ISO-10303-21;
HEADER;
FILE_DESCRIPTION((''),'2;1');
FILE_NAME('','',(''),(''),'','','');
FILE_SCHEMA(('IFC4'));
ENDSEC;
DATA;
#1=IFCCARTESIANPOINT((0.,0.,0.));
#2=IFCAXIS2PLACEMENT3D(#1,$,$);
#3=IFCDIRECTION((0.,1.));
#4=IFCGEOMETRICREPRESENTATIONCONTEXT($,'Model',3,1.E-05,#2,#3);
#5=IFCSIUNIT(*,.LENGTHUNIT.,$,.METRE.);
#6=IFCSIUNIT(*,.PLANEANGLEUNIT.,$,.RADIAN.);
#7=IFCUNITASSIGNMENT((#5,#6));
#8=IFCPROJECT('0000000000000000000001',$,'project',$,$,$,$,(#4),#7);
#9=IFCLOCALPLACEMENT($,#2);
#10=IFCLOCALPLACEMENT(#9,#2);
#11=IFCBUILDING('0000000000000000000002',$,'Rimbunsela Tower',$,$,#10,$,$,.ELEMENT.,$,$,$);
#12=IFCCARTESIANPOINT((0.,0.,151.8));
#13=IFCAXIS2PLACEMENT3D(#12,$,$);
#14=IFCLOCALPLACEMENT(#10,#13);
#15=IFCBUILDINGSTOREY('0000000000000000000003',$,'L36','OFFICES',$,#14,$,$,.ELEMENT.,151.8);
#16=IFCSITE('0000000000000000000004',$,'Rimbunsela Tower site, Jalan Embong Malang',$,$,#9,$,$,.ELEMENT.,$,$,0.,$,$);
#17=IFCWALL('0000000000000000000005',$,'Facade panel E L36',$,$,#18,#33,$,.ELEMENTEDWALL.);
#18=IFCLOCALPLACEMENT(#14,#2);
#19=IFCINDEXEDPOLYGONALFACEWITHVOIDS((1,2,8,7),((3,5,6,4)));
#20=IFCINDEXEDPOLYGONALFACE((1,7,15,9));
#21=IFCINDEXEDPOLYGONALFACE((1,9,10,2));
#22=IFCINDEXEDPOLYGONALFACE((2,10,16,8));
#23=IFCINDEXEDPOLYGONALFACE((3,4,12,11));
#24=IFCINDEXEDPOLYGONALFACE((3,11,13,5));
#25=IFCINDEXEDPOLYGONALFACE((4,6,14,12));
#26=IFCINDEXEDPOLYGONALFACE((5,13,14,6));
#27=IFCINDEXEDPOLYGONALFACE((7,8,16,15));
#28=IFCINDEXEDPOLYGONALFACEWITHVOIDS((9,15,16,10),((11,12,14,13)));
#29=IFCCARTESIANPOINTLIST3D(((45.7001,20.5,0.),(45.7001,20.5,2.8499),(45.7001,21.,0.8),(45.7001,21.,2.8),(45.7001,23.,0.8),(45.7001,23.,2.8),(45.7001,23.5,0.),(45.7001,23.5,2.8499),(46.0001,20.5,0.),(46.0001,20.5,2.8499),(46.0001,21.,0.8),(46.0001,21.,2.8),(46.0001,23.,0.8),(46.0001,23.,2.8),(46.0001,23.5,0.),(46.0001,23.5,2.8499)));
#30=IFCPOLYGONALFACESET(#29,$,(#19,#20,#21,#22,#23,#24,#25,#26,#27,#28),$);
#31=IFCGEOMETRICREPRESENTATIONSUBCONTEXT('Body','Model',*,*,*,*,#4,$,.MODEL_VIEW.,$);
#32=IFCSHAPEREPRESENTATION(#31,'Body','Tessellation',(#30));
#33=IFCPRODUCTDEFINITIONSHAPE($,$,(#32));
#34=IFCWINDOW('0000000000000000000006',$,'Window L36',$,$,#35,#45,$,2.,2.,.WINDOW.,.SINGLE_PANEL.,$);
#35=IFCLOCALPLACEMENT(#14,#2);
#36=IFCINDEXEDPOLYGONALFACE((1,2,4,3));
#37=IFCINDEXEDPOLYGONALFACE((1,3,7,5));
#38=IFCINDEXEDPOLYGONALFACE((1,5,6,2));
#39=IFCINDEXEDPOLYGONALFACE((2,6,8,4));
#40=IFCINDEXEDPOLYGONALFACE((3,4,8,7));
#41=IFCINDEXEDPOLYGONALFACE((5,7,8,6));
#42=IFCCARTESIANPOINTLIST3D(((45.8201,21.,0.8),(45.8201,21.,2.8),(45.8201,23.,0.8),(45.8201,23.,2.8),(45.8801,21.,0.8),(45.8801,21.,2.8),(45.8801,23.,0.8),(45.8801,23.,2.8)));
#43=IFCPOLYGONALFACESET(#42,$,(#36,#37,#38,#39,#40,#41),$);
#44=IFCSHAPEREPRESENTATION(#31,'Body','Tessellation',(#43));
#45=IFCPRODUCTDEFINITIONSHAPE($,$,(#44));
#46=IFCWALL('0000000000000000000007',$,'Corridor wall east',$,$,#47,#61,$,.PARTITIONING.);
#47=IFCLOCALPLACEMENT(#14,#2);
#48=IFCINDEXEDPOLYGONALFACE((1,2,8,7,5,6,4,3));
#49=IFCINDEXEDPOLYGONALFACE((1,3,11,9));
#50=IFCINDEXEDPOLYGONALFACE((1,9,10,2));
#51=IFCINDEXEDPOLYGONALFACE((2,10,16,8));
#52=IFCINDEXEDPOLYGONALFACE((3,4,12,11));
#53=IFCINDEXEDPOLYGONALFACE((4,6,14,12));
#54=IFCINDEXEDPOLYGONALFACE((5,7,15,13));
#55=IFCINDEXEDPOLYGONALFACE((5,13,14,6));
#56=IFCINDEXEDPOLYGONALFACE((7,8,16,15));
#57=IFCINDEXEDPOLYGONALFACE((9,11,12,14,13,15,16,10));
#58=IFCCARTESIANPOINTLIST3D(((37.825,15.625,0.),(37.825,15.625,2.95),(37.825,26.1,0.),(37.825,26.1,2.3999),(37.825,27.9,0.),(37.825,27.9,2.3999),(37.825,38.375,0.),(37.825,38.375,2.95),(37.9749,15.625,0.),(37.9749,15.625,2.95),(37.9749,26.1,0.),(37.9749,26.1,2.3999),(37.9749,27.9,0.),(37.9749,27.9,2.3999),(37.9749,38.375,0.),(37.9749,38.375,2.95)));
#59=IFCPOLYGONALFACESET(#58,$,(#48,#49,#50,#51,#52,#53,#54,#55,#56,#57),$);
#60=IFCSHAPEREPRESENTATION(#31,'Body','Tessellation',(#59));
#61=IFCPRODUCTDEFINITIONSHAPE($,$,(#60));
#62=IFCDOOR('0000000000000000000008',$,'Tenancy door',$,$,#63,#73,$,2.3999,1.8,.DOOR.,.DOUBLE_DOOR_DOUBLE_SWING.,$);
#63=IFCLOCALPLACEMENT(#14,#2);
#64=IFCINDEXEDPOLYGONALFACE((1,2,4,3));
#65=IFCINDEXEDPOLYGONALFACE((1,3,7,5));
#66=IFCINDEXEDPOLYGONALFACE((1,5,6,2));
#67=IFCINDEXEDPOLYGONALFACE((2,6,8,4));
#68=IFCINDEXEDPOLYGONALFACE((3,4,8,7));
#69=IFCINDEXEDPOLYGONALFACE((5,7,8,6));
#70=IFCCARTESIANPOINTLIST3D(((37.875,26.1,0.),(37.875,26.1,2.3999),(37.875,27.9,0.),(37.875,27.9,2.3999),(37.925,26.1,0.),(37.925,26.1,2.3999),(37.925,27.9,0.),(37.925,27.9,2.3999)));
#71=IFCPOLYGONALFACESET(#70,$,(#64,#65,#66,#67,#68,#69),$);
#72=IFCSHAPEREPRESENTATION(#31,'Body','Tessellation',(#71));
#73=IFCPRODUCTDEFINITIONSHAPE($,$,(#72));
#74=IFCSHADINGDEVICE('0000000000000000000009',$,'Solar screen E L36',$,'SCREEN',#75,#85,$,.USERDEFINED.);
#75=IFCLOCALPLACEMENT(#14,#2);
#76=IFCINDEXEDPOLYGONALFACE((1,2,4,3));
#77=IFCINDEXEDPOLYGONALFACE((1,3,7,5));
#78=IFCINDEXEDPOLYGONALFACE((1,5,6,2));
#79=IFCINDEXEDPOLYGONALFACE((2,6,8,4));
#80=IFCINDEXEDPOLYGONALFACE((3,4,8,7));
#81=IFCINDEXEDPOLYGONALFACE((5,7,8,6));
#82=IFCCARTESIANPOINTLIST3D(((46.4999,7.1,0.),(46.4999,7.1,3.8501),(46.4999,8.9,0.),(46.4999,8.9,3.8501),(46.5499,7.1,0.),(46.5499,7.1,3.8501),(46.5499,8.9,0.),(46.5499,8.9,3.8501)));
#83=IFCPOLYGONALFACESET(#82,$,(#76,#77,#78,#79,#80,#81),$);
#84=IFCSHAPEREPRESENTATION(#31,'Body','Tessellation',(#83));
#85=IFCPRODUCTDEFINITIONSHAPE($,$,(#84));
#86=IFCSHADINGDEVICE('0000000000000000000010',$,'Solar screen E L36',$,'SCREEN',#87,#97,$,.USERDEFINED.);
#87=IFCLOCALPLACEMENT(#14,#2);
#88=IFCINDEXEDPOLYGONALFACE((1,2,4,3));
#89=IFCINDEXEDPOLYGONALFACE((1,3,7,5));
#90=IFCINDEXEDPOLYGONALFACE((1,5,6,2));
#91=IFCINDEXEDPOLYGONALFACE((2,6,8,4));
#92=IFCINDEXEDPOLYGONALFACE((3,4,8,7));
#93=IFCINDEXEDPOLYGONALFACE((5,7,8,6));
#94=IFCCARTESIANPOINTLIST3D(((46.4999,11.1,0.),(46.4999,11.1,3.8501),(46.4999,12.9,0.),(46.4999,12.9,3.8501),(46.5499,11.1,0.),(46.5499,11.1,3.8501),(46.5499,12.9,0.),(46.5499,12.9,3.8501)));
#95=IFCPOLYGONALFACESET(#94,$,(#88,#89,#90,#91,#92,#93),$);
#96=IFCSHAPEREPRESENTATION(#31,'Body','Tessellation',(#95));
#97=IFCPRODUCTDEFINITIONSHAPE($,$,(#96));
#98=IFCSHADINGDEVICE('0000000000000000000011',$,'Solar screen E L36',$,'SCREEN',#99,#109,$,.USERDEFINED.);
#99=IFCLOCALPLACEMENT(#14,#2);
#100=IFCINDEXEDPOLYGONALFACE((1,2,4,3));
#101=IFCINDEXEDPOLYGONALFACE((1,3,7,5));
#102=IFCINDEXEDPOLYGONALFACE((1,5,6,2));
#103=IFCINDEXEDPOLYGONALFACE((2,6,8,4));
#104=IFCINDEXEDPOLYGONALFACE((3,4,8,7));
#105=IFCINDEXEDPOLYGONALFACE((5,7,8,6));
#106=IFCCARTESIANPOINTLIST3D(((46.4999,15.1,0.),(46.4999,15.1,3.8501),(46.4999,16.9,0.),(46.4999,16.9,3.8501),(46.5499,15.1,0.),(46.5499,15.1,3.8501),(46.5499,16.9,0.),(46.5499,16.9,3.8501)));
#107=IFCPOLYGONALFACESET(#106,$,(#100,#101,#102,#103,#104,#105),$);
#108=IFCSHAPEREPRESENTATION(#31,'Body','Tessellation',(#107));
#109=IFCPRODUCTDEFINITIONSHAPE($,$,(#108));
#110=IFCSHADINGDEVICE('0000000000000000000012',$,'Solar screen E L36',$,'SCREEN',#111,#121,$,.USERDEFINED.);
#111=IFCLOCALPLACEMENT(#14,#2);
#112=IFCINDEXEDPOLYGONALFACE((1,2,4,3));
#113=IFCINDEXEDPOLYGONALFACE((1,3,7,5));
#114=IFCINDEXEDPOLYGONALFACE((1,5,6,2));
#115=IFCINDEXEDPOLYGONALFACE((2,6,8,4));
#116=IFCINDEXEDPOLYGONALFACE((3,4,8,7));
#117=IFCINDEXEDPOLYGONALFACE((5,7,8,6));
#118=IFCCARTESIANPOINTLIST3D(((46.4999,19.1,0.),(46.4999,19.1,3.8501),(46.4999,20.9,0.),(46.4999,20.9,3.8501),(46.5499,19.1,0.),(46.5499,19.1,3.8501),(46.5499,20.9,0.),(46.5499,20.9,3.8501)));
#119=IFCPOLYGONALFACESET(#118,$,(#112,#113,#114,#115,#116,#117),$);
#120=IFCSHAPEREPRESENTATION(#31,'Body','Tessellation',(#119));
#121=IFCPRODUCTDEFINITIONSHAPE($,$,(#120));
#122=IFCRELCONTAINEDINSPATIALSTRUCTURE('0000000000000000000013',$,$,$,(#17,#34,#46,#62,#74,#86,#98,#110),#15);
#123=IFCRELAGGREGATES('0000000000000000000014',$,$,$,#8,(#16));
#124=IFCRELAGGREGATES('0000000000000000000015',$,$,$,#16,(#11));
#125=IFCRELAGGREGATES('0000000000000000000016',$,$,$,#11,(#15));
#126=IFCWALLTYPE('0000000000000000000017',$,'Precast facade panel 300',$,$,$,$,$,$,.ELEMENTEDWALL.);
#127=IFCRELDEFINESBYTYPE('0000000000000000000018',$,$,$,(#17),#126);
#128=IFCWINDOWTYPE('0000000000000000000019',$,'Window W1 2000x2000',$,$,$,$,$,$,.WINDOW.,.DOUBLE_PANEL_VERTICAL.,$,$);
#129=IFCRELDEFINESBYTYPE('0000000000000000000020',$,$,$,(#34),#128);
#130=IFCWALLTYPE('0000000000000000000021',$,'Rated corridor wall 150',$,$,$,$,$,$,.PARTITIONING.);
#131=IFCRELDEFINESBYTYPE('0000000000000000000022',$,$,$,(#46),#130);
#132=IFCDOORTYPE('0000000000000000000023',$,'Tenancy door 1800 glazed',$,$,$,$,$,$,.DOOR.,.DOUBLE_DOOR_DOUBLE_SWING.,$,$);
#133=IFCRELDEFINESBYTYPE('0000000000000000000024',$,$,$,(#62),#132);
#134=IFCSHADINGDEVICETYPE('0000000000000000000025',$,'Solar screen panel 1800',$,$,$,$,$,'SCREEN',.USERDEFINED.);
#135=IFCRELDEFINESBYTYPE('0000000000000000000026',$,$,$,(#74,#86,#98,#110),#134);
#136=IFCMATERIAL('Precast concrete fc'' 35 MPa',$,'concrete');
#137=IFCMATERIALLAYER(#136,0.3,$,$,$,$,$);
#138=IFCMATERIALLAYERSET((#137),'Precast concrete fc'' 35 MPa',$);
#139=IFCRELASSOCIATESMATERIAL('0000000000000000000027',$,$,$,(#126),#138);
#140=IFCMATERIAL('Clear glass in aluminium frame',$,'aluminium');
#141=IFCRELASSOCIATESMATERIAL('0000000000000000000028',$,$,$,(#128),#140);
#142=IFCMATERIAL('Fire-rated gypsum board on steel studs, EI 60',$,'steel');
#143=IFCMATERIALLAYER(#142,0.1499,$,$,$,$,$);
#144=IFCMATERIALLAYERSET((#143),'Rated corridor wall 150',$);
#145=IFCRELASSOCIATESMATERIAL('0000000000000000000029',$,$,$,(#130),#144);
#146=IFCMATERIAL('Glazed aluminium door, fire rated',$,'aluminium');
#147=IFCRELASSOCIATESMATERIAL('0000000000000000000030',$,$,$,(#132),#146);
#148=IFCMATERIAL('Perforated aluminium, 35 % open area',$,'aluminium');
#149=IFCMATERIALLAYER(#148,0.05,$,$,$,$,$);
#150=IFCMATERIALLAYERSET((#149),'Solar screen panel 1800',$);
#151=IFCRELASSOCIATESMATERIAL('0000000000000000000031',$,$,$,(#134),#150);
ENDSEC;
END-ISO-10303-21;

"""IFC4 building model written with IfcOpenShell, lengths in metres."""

from ifc_helpers import new_model, si_unit, direction, frame, frame_2d, origin, origin_2d, place, context, subcontext, project, spatial, rectangle, extrude, material, layer, layer_set, type_object, element, fill, save


model = new_model("IFC4")

# Units and contexts
model_context = context("Model", 3, precision=1e-05, world=origin(), true_north=direction((0.0, 1.0)))
body_context = subcontext(model_context, "Body", "Model", "MODEL_VIEW")
ifc_project = project(units=[si_unit("LENGTHUNIT", "METRE"), si_unit("PLANEANGLEUNIT", "RADIAN")], contexts=[model_context])

# Site, building, storey
site_placement = place(None, origin())
site = spatial("IfcSite", under=ifc_project, at=site_placement, Name="Rimbunsela Tower site, Jalan Embong Malang", CompositionType="ELEMENT", RefElevation=0.0)
building_placement = place(site_placement, origin())
building = spatial("IfcBuilding", under=site, at=building_placement, Name="Rimbunsela Tower", CompositionType="ELEMENT")
storey_placement = place(building_placement, frame((0.0, 0.0, 151.8)))
storey = spatial("IfcBuildingStorey", under=building, at=storey_placement, Name="L36", Description="OFFICES", CompositionType="ELEMENT", Elevation=151.8)

# Wall, opening, window
ifc_material_1 = material(Name="Precast concrete fc' 35 MPa", Category="concrete")
ifc_layer_1 = layer(ifc_material_1, 0.3)
ifc_layer_set_1 = layer_set([ifc_layer_1], Name="Precast concrete fc' 35 MPa")
wall_type_1 = type_object("IfcWallType", Name="Precast facade panel 300", PredefinedType="ELEMENTEDWALL", material=ifc_layer_set_1)
ifc_material_2 = material(Name="Clear glass in aluminium frame", Category="aluminium")
window_type = type_object("IfcWindowType", Name="Window W1 2000x2000", PartitioningType="DOUBLE_PANEL_VERTICAL", PredefinedType="WINDOW", material=ifc_material_2)
wall_1_placement = place(storey_placement, frame((45.8501, 20.5, 0.0), z_axis=(0.0, 0.0, 1.0), x_axis=(0.0, 1.0, 0.0)))
wall_1 = element("IfcWall", 1, at=wall_1_placement, inside=storey, type_object=wall_type_1, Name="Facade panel E L36", PredefinedType="ELEMENTEDWALL", context=body_context, shape_type="SweptSolid", body=[
    extrude(rectangle(XDim=3.0, YDim=0.3, at=frame_2d((1.5, 0.0))), origin(), (0.0, 0.0, 1.0), 2.8499),
])
opening_1_placement = place(wall_1_placement, frame((0.5, 0.0, 0.8)))
opening_1 = element("IfcOpeningElement", 2, at=opening_1_placement, cuts=wall_1, PredefinedType="OPENING", context=body_context, shape_type="SweptSolid", body=[
    extrude(rectangle(XDim=2.0, YDim=2.0, at=frame_2d((1.0, 1.0))), frame((0.0, 0.1599, 0.0), z_axis=(0.0, -1.0, 0.0), x_axis=(1.0, 0.0, 0.0)), (0.0, 0.0, 1.0), 0.3201),
])
window_1_placement = place(opening_1_placement, origin())
window_1 = element("IfcWindow", 3, at=window_1_placement, inside=storey, type_object=window_type, Name="Window L36", OverallHeight=2.0, OverallWidth=2.0, PartitioningType="SINGLE_PANEL", PredefinedType="WINDOW", context=body_context, shape_type="SweptSolid", body=[
    extrude(rectangle(XDim=2.0, YDim=2.0, at=frame_2d((1.0, 1.0))), frame((0.0, 0.03, 0.0), z_axis=(0.0, -1.0, 0.0), x_axis=(1.0, 0.0, 0.0)), (0.0, 0.0, 1.0), 0.0601),
])
fill(opening_1, window_1)

# Wall, opening, door
ifc_material_3 = material(Name="Fire-rated gypsum board on steel studs, EI 60", Category="steel")
ifc_layer_2 = layer(ifc_material_3, 0.1499)
ifc_layer_set_2 = layer_set([ifc_layer_2], Name="Rated corridor wall 150")
wall_type_2 = type_object("IfcWallType", Name="Rated corridor wall 150", PredefinedType="PARTITIONING", material=ifc_layer_set_2)
wall_2_placement = place(storey_placement, frame((37.8999, 15.625, 0.0), z_axis=(0.0, 0.0, 1.0), x_axis=(0.0, 1.0, 0.0)))
wall_2 = element("IfcWall", 4, at=wall_2_placement, inside=storey, type_object=wall_type_2, Name="Corridor wall east", PredefinedType="PARTITIONING", context=body_context, shape_type="SweptSolid", body=[
    extrude(rectangle(XDim=22.75, YDim=0.1499, at=frame_2d((11.375, 0.0))), origin(), (0.0, 0.0, 1.0), 2.95),
])
opening_2_placement = place(wall_2_placement, frame((10.4751, 0.0, 0.0)))
opening_2 = element("IfcOpeningElement", 5, at=opening_2_placement, cuts=wall_2, PredefinedType="OPENING", context=body_context, shape_type="SweptSolid", body=[
    extrude(rectangle(XDim=1.8, YDim=2.3999, at=frame_2d((0.8999, 1.2))), frame((0.0, 0.085, 0.0), z_axis=(0.0, -1.0, 0.0), x_axis=(1.0, 0.0, 0.0)), (0.0, 0.0, 1.0), 0.1699),
])
ifc_material_4 = material(Name="Glazed aluminium door, fire rated", Category="aluminium")
door_type_1 = type_object("IfcDoorType", Name="Tenancy door 1800 glazed", OperationType="DOUBLE_DOOR_DOUBLE_SWING", PredefinedType="DOOR", material=ifc_material_4)
door_1_placement = place(opening_2_placement, origin())
door_1 = element("IfcDoor", 6, at=door_1_placement, inside=storey, type_object=door_type_1, Name="Tenancy door", OperationType="DOUBLE_DOOR_DOUBLE_SWING", OverallHeight=2.3999, OverallWidth=1.8, PredefinedType="DOOR", context=body_context, shape_type="SweptSolid", body=[
    extrude(rectangle(XDim=1.8, YDim=2.3999, at=frame_2d((0.8999, 1.2))), frame((0.0, 0.0249, 0.0), z_axis=(0.0, -1.0, 0.0), x_axis=(1.0, 0.0, 0.0)), (0.0, 0.0, 1.0), 0.05),
])
fill(opening_2, door_1)

# Shading devices
ifc_material_5 = material(Name="Perforated aluminium, 35 % open area", Category="aluminium")
ifc_layer_3 = layer(ifc_material_5, 0.05)
ifc_layer_set_3 = layer_set([ifc_layer_3], Name="Solar screen panel 1800")
shading_device_type = type_object("IfcShadingDeviceType", Name="Solar screen panel 1800", ElementType="SCREEN", PredefinedType="USERDEFINED", material=ifc_layer_set_3)
for number, where, z_axis, x_axis, name in (
    (7, (46.5249, 8.0, 0.0), (0.0, 0.0, 1.0), (0.0, 1.0, 0.0), "Solar screen E L36"),
    (8, (46.5249, 12.0, 0.0), (0.0, 0.0, 1.0), (0.0, 1.0, 0.0), "Solar screen E L36"),
    (9, (46.5249, 16.0, 0.0), (0.0, 0.0, 1.0), (0.0, 1.0, 0.0), "Solar screen E L36"),
    (10, (46.5249, 20.0, 0.0), (0.0, 0.0, 1.0), (0.0, 1.0, 0.0), "Solar screen E L36"),
):
    element("IfcShadingDevice", number, at=place(storey_placement, frame(where, z_axis=z_axis, x_axis=x_axis)), inside=storey, type_object=shading_device_type, Name=name, ObjectType="SCREEN", PredefinedType="USERDEFINED", context=body_context, shape_type="SweptSolid", body=[
        extrude(rectangle(XDim=1.8, YDim=0.05, at=origin_2d()), origin(), (0.0, 0.0, 1.0), 3.8501),
    ])

save(model, "model.ifc")
